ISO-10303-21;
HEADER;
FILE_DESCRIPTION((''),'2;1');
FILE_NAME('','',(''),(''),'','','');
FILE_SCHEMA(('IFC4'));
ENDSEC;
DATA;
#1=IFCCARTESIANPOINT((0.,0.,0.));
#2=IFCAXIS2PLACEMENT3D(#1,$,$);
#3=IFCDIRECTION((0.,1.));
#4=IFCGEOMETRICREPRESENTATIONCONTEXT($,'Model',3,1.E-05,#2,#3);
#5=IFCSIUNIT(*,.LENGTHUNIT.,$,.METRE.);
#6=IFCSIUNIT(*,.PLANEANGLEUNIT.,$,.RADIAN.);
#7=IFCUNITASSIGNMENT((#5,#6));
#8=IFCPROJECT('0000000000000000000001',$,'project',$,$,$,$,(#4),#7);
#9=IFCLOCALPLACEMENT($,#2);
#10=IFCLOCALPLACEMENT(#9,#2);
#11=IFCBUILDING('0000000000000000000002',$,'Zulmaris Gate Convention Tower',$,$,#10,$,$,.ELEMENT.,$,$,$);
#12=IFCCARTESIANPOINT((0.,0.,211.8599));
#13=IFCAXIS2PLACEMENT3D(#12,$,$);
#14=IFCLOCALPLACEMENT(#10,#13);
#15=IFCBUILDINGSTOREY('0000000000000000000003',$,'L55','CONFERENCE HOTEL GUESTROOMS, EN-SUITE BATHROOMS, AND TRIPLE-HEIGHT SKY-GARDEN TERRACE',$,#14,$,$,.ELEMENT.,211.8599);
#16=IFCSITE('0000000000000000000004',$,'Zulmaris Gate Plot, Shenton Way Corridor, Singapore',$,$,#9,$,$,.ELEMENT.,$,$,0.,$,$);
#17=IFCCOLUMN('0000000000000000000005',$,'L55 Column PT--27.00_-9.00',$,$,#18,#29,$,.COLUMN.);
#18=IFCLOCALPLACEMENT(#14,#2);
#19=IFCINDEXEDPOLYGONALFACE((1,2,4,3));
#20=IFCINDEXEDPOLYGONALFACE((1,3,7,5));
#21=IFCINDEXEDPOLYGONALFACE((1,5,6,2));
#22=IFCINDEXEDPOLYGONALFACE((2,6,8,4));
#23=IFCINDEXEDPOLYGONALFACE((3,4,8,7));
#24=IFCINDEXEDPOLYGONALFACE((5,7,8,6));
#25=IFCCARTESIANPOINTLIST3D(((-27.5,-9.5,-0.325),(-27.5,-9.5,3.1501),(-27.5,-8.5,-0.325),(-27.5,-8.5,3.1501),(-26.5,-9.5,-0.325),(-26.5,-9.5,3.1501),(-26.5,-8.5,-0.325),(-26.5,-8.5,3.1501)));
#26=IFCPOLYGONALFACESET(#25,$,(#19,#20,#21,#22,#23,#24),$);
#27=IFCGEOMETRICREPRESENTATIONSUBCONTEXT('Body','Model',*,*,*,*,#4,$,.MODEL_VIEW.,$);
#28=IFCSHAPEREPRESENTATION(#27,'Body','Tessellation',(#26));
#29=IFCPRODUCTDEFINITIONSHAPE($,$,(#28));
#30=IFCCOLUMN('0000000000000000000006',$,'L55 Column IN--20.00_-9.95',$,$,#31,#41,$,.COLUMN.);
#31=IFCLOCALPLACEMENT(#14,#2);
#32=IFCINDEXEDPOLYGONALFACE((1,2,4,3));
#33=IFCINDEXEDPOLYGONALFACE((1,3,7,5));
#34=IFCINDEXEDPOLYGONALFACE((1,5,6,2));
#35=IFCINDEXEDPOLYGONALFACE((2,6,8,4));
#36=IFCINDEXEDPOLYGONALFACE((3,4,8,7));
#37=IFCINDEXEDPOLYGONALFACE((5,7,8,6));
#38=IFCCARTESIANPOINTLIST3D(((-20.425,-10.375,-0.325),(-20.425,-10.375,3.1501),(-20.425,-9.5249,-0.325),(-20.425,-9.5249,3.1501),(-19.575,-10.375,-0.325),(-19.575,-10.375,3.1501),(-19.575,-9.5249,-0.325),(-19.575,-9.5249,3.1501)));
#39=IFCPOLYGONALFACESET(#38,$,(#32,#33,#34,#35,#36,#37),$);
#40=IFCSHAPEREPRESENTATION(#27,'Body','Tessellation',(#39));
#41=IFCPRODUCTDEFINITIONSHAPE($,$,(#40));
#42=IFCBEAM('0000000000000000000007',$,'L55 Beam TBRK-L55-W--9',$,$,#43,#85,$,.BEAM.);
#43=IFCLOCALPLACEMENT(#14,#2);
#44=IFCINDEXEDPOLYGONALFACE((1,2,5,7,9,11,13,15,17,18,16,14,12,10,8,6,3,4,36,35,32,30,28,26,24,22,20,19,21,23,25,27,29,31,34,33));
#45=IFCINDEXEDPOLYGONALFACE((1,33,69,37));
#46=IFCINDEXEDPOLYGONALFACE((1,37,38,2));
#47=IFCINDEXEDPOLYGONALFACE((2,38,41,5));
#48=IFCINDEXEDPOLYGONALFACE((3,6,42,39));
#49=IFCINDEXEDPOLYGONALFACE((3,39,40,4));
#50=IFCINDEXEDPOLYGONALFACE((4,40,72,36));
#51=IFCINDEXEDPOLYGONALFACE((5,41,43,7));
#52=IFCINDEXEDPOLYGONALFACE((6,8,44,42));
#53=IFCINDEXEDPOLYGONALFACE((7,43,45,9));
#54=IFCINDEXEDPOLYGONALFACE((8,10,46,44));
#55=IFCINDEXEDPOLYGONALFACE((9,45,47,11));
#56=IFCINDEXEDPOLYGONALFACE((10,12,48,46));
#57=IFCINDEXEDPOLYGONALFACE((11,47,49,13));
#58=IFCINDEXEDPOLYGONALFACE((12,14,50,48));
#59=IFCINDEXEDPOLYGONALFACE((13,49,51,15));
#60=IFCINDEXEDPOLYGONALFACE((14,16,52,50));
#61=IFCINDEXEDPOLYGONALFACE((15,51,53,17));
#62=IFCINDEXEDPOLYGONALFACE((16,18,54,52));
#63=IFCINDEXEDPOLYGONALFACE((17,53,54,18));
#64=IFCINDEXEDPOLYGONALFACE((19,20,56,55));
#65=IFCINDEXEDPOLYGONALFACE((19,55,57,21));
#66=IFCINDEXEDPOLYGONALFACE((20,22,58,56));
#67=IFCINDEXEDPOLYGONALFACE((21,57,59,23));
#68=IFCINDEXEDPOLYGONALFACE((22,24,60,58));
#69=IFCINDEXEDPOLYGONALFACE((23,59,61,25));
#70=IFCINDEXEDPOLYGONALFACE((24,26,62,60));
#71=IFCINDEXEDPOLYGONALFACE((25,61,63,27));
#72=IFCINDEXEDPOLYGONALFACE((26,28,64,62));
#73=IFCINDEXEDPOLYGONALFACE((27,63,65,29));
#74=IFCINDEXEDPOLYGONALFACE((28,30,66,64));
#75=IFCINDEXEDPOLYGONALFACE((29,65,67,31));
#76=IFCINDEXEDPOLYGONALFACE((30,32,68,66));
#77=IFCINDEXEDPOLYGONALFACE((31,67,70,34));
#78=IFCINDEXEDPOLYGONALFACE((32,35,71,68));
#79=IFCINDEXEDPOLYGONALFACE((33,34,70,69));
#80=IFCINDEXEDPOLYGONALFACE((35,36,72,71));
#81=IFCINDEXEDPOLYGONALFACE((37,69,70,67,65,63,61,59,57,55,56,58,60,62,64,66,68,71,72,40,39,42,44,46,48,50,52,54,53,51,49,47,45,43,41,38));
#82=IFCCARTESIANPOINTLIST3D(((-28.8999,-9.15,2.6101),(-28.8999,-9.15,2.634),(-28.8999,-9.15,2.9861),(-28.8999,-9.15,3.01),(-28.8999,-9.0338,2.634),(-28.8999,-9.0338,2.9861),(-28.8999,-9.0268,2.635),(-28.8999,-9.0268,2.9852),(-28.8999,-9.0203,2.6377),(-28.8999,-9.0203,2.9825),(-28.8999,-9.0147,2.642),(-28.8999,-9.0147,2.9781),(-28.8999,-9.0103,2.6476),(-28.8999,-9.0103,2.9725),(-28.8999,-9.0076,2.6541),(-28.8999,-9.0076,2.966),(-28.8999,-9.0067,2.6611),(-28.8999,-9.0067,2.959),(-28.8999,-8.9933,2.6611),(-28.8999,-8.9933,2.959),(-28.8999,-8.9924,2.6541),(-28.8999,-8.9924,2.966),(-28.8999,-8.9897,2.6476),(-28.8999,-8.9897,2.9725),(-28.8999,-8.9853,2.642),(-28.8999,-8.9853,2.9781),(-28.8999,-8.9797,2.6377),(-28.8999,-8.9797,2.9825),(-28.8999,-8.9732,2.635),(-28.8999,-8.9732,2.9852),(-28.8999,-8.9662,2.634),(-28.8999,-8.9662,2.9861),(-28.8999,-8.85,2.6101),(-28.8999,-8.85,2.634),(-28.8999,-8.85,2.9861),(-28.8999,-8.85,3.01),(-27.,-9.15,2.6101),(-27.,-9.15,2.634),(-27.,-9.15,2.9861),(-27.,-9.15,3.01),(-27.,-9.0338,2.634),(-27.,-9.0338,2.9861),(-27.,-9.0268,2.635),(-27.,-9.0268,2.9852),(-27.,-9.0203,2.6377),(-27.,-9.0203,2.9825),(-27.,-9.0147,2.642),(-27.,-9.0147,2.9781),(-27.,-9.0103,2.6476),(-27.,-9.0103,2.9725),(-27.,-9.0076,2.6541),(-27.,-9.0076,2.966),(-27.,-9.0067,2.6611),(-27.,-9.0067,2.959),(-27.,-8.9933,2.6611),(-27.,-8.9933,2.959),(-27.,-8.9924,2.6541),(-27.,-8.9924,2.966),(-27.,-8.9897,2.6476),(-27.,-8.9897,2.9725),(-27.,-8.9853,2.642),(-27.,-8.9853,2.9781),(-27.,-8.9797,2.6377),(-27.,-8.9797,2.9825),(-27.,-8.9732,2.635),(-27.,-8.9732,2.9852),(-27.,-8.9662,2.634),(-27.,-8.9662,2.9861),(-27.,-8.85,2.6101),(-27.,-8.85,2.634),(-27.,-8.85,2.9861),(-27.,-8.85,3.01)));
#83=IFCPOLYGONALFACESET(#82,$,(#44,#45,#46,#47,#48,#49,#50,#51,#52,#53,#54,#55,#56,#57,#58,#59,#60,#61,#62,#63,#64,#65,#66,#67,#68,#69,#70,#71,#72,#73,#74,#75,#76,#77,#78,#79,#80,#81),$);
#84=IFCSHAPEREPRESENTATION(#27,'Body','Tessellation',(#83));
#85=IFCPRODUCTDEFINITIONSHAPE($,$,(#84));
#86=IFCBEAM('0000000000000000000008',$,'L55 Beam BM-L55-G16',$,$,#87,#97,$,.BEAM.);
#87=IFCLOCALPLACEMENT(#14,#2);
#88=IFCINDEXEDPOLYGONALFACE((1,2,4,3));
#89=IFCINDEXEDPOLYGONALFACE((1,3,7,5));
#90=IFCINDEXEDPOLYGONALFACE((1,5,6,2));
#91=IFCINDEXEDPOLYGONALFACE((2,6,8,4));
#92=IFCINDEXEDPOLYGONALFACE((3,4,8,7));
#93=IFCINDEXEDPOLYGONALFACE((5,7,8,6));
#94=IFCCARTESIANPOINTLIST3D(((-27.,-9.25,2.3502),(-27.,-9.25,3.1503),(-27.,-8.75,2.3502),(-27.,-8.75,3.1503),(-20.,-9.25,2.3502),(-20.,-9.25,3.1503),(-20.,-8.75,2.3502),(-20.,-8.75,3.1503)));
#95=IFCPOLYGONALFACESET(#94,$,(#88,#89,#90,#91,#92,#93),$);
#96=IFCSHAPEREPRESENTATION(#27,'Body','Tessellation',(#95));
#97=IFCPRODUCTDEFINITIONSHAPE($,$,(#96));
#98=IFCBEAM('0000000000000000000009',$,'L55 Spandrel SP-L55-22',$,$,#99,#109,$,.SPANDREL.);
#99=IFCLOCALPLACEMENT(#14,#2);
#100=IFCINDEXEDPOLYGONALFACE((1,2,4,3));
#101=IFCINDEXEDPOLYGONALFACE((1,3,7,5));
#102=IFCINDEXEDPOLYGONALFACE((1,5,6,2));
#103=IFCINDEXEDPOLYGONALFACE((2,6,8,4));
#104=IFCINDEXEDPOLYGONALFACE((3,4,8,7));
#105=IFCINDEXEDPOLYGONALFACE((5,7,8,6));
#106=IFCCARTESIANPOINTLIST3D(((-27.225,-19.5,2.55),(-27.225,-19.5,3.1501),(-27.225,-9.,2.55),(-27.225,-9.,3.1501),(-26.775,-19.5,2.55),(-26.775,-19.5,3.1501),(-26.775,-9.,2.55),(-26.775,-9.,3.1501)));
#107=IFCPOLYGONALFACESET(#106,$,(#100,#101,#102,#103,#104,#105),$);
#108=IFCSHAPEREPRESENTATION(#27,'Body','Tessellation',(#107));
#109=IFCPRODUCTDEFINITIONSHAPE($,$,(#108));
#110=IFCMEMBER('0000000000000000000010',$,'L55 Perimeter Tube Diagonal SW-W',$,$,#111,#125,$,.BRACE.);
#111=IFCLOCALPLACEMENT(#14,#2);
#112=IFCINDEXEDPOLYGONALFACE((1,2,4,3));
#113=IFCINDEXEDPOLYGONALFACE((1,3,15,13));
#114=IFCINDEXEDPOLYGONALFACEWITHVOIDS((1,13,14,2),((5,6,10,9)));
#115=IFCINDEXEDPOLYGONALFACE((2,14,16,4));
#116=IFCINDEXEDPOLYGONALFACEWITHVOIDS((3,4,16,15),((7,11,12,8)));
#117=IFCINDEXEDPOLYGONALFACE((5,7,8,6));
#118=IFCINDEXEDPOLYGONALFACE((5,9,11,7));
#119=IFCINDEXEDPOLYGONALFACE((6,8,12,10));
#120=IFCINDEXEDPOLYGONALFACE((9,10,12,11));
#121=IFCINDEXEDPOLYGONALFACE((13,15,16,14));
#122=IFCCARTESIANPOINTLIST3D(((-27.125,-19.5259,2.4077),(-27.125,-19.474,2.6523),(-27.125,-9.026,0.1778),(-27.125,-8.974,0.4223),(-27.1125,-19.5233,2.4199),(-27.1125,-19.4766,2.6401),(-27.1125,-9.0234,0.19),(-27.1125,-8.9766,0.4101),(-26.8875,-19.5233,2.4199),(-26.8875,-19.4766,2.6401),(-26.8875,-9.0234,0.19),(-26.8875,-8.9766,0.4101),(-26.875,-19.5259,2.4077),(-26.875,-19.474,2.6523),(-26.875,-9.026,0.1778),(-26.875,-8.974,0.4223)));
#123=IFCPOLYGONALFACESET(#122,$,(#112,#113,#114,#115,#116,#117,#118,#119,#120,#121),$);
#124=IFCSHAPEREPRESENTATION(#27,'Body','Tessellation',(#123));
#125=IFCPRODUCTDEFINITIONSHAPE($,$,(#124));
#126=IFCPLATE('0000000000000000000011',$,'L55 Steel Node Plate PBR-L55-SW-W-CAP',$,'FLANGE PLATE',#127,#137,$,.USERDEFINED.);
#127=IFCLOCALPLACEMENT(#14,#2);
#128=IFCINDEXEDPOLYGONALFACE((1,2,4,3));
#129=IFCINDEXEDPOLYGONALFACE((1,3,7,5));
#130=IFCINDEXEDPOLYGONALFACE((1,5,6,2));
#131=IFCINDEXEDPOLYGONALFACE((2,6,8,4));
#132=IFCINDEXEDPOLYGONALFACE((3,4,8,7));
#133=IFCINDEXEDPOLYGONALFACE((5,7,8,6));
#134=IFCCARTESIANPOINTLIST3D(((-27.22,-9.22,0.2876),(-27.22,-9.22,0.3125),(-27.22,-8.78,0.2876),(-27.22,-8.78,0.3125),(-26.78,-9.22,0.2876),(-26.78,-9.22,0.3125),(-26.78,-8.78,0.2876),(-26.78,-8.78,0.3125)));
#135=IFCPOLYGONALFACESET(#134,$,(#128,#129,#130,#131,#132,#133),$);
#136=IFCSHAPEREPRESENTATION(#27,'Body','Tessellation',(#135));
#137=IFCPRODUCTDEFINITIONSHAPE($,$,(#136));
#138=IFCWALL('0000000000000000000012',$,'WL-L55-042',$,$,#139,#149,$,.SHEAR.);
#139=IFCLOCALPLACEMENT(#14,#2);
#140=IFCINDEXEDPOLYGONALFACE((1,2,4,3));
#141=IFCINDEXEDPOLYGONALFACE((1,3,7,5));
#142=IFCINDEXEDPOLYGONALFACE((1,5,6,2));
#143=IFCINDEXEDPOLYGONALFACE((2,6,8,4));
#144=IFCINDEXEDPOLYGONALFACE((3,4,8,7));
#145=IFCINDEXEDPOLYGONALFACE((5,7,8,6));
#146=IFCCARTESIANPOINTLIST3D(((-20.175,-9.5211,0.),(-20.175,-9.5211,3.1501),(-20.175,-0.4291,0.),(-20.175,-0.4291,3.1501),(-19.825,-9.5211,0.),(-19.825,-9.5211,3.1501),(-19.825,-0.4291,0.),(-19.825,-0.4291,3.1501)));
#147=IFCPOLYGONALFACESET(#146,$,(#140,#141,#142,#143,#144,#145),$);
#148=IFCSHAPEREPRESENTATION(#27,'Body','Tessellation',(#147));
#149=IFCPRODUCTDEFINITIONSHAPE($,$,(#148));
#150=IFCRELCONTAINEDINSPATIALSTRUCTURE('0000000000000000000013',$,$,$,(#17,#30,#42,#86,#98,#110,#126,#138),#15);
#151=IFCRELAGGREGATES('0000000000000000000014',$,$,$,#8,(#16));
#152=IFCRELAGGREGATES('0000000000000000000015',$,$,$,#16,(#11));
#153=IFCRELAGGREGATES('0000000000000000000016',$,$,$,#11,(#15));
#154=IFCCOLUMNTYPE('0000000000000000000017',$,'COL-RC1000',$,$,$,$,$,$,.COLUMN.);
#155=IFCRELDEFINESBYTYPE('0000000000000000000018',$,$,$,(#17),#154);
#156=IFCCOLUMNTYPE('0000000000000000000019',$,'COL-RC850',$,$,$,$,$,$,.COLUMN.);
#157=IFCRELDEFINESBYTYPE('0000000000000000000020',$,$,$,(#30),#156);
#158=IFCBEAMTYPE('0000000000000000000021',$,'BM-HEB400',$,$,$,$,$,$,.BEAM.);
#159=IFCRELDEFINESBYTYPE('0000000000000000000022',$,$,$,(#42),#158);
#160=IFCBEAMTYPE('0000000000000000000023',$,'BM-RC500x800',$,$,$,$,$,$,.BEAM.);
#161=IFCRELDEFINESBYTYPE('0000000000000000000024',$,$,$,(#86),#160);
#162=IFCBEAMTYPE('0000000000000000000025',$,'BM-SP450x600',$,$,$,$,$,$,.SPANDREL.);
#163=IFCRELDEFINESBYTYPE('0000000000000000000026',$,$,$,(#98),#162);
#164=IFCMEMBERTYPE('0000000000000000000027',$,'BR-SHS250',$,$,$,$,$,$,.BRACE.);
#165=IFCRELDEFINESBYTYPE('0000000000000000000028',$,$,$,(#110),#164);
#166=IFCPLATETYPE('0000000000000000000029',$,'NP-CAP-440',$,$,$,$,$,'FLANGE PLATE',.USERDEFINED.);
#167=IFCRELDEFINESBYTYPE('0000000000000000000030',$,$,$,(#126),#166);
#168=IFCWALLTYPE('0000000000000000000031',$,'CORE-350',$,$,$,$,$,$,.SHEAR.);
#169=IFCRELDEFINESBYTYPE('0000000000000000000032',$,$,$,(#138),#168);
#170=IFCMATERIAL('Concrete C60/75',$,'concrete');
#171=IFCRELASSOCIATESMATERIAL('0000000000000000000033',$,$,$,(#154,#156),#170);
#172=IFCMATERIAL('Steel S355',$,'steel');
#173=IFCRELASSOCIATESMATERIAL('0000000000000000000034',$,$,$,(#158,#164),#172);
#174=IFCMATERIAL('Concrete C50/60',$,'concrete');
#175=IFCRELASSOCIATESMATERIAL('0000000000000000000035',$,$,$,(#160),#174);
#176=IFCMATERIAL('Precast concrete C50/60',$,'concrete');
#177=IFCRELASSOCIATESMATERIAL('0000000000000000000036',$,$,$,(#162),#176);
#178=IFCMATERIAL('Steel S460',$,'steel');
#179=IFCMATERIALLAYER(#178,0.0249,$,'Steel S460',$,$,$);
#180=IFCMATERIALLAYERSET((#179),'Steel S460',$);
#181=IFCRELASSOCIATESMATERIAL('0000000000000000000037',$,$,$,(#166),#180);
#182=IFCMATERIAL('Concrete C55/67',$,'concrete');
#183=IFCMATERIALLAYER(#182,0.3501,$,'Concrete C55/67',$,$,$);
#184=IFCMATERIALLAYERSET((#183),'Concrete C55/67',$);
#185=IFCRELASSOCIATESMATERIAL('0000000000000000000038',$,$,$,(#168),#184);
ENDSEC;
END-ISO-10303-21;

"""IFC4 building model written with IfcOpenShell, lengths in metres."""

from ifc_helpers import new_model, si_unit, direction, frame, frame_2d, origin, origin_2d, place, context, subcontext, project, spatial, rectangle, hollow_rectangle, i_section, extrude, material, layer, layer_set, material_profile, profile_set, type_object, element, save


model = new_model("IFC4")

# Units and contexts
model_context = context("Model", 3, precision=1e-05, world=origin(), true_north=direction((0.0, 1.0)))
body_context = subcontext(model_context, "Body", "Model", "MODEL_VIEW")
ifc_project = project(units=[si_unit("LENGTHUNIT", "METRE"), si_unit("PLANEANGLEUNIT", "RADIAN")], contexts=[model_context])

# Site, building, storey
site_placement = place(None, origin())
site = spatial("IfcSite", under=ifc_project, at=site_placement, Name="Zulmaris Gate Plot, Shenton Way Corridor, Singapore", CompositionType="ELEMENT", RefElevation=0.0)
building_placement = place(site_placement, origin())
building = spatial("IfcBuilding", under=site, at=building_placement, Name="Zulmaris Gate Convention Tower", CompositionType="ELEMENT")
storey_placement = place(building_placement, frame((0.0, 0.0, 211.8599)))
storey = spatial("IfcBuildingStorey", under=building, at=storey_placement, Name="L55", Description="CONFERENCE HOTEL GUESTROOMS, EN-SUITE BATHROOMS, AND TRIPLE-HEIGHT SKY-GARDEN TERRACE", CompositionType="ELEMENT", Elevation=211.8599)

# Columns
ifc_material_1 = material(Name="Concrete C60/75", Category="concrete")
ifc_material_profile_1 = material_profile(ifc_material_1, rectangle(XDim=1.0, YDim=1.0, at=origin_2d()), Name="RC COL 1000x1000")
ifc_profile_set_1 = profile_set([ifc_material_profile_1], Name="Concrete C60/75")
column_type_1 = type_object("IfcColumnType", Name="COL-RC1000", PredefinedType="COLUMN", material=ifc_profile_set_1)
column_1_placement = place(storey_placement, frame((-27.0, -9.0, -0.325), z_axis=(0.0, 0.0, 1.0), x_axis=(1.0, 0.0, 0.0)))
element("IfcColumn", 1, at=column_1_placement, inside=storey, type_object=column_type_1, Name="L55 Column PT--27.00_-9.00", PredefinedType="COLUMN", context=body_context, shape_type="SweptSolid", body=[
    extrude(rectangle(XDim=1.0, YDim=1.0, at=origin_2d()), origin(), (0.0, 0.0, 1.0), 3.4751),
])
ifc_material_profile_2 = material_profile(ifc_material_1, rectangle(XDim=0.8501, YDim=0.8501, at=origin_2d()), Name="RC COL 850x850")
ifc_profile_set_2 = profile_set([ifc_material_profile_2], Name="Concrete C60/75")
column_type_2 = type_object("IfcColumnType", Name="COL-RC850", PredefinedType="COLUMN", material=ifc_profile_set_2)
column_2_placement = place(storey_placement, frame((-20.0, -9.95, -0.325), z_axis=(0.0, 0.0, 1.0), x_axis=(1.0, 0.0, 0.0)))
element("IfcColumn", 2, at=column_2_placement, inside=storey, type_object=column_type_2, Name="L55 Column IN--20.00_-9.95", PredefinedType="COLUMN", context=body_context, shape_type="SweptSolid", body=[
    extrude(rectangle(XDim=0.8501, YDim=0.8501, at=origin_2d()), origin(), (0.0, 0.0, 1.0), 3.4751),
])

# Beams
ifc_material_2 = material(Name="Steel S355", Category="steel")
ifc_material_profile_3 = material_profile(ifc_material_2, i_section(OverallWidth=0.3, OverallDepth=0.3999, WebThickness=0.0134, FlangeThickness=0.0239, FilletRadius=0.0271, at=origin_2d()), Name="HEB 400")
ifc_profile_set_3 = profile_set([ifc_material_profile_3], Name="Steel S355")
beam_type_1 = type_object("IfcBeamType", Name="BM-HEB400", PredefinedType="BEAM", material=ifc_profile_set_3)
beam_1_placement = place(storey_placement, frame((-28.8999, -9.0, 2.8101), z_axis=(1.0, 0.0, 0.0), x_axis=(0.0, 1.0, 0.0)))
element("IfcBeam", 3, at=beam_1_placement, inside=storey, type_object=beam_type_1, Name="L55 Beam TBRK-L55-W--9", PredefinedType="BEAM", context=body_context, shape_type="SweptSolid", body=[
    extrude(i_section(OverallWidth=0.3, OverallDepth=0.3999, WebThickness=0.0134, FlangeThickness=0.0239, FilletRadius=0.0271, at=origin_2d()), origin(), (0.0, 0.0, 1.0), 1.8999),
])
ifc_material_3 = material(Name="Concrete C50/60", Category="concrete")
ifc_material_profile_4 = material_profile(ifc_material_3, rectangle(XDim=0.5, YDim=0.8, at=origin_2d()), Name="RC BEAM 500x800")
ifc_profile_set_4 = profile_set([ifc_material_profile_4], Name="Concrete C50/60")
beam_type_2 = type_object("IfcBeamType", Name="BM-RC500x800", PredefinedType="BEAM", material=ifc_profile_set_4)
beam_2_placement = place(storey_placement, frame((-27.0, -9.0, 2.7502), z_axis=(1.0, 0.0, 0.0), x_axis=(0.0, 1.0, 0.0)))
element("IfcBeam", 4, at=beam_2_placement, inside=storey, type_object=beam_type_2, Name="L55 Beam BM-L55-G16", PredefinedType="BEAM", context=body_context, shape_type="SweptSolid", body=[
    extrude(rectangle(XDim=0.5, YDim=0.8, at=origin_2d()), origin(), (0.0, 0.0, 1.0), 7.0),
])
ifc_material_4 = material(Name="Precast concrete C50/60", Category="concrete")
ifc_material_profile_5 = material_profile(ifc_material_4, rectangle(XDim=0.45, YDim=0.6001, at=origin_2d()), Name="RC SPANDREL 450x600")
ifc_profile_set_5 = profile_set([ifc_material_profile_5], Name="Precast concrete C50/60")
beam_type_3 = type_object("IfcBeamType", Name="BM-SP450x600", PredefinedType="SPANDREL", material=ifc_profile_set_5)
beam_3_placement = place(storey_placement, frame((-27.0, -9.0, 2.8501), z_axis=(0.0, -1.0, 0.0), x_axis=(1.0, 0.0, 0.0)))
element("IfcBeam", 5, at=beam_3_placement, inside=storey, type_object=beam_type_3, Name="L55 Spandrel SP-L55-22", PredefinedType="SPANDREL", context=body_context, shape_type="SweptSolid", body=[
    extrude(rectangle(XDim=0.45, YDim=0.6001, at=origin_2d()), origin(), (0.0, 0.0, 1.0), 10.5),
])

# Member
ifc_material_profile_6 = material_profile(ifc_material_2, hollow_rectangle(XDim=0.25, YDim=0.25, WallThickness=0.0125, at=origin_2d()), Name="SHS 250x250x12.5")
ifc_profile_set_6 = profile_set([ifc_material_profile_6], Name="Steel S355")
member_type = type_object("IfcMemberType", Name="BR-SHS250", PredefinedType="BRACE", material=ifc_profile_set_6)
member_placement = place(storey_placement, frame((-27.0, -9.0, 0.3), z_axis=(0.0, -0.978183, 0.207746), x_axis=(1.0, 0.0, 0.0)))
element("IfcMember", 6, at=member_placement, inside=storey, type_object=member_type, Name="L55 Perimeter Tube Diagonal SW-W", PredefinedType="BRACE", context=body_context, shape_type="SweptSolid", body=[
    extrude(hollow_rectangle(XDim=0.25, YDim=0.25, WallThickness=0.0125, at=origin_2d()), origin(), (0.0, 0.0, 1.0), 10.7341),
])

# Plate
ifc_material_5 = material(Name="Steel S460", Category="steel")
ifc_layer_1 = layer(ifc_material_5, 0.0249, Name="Steel S460")
ifc_layer_set_1 = layer_set([ifc_layer_1], Name="Steel S460")
plate_type = type_object("IfcPlateType", Name="NP-CAP-440", ElementType="FLANGE PLATE", PredefinedType="USERDEFINED", material=ifc_layer_set_1)
plate_placement = place(storey_placement, frame((-27.0, -9.0, 0.2876), z_axis=(0.0, 0.0, 1.0), x_axis=(1.0, 0.0, 0.0)))
element("IfcPlate", 7, at=plate_placement, inside=storey, type_object=plate_type, Name="L55 Steel Node Plate PBR-L55-SW-W-CAP", ObjectType="FLANGE PLATE", PredefinedType="USERDEFINED", context=body_context, shape_type="SweptSolid", body=[
    extrude(rectangle(XDim=0.4399, YDim=0.4399, at=origin_2d()), origin(), (0.0, 0.0, 1.0), 0.0249),
])

# Shared definitions
ifc_material_6 = material(Name="Concrete C55/67", Category="concrete")
ifc_layer_2 = layer(ifc_material_6, 0.3501, Name="Concrete C55/67")
ifc_layer_set_2 = layer_set([ifc_layer_2], Name="Concrete C55/67")
wall_type_1 = type_object("IfcWallType", Name="CORE-350", PredefinedType="SHEAR", material=ifc_layer_set_2)

# Wall
wall_1_placement = place(storey_placement, frame((-20.0, -9.521, 0.0), z_axis=(0.0, 0.0, 1.0), x_axis=(0.0, 1.0, 0.0)))
element("IfcWall", 8, at=wall_1_placement, inside=storey, type_object=wall_type_1, Name="WL-L55-042", PredefinedType="SHEAR", context=body_context, shape_type="SweptSolid", body=[
    extrude(rectangle(XDim=9.092, YDim=0.3501, at=frame_2d((4.5459, 0.0))), origin(), (0.0, 0.0, 1.0), 3.1501),
])

save(model, "model.ifc")
